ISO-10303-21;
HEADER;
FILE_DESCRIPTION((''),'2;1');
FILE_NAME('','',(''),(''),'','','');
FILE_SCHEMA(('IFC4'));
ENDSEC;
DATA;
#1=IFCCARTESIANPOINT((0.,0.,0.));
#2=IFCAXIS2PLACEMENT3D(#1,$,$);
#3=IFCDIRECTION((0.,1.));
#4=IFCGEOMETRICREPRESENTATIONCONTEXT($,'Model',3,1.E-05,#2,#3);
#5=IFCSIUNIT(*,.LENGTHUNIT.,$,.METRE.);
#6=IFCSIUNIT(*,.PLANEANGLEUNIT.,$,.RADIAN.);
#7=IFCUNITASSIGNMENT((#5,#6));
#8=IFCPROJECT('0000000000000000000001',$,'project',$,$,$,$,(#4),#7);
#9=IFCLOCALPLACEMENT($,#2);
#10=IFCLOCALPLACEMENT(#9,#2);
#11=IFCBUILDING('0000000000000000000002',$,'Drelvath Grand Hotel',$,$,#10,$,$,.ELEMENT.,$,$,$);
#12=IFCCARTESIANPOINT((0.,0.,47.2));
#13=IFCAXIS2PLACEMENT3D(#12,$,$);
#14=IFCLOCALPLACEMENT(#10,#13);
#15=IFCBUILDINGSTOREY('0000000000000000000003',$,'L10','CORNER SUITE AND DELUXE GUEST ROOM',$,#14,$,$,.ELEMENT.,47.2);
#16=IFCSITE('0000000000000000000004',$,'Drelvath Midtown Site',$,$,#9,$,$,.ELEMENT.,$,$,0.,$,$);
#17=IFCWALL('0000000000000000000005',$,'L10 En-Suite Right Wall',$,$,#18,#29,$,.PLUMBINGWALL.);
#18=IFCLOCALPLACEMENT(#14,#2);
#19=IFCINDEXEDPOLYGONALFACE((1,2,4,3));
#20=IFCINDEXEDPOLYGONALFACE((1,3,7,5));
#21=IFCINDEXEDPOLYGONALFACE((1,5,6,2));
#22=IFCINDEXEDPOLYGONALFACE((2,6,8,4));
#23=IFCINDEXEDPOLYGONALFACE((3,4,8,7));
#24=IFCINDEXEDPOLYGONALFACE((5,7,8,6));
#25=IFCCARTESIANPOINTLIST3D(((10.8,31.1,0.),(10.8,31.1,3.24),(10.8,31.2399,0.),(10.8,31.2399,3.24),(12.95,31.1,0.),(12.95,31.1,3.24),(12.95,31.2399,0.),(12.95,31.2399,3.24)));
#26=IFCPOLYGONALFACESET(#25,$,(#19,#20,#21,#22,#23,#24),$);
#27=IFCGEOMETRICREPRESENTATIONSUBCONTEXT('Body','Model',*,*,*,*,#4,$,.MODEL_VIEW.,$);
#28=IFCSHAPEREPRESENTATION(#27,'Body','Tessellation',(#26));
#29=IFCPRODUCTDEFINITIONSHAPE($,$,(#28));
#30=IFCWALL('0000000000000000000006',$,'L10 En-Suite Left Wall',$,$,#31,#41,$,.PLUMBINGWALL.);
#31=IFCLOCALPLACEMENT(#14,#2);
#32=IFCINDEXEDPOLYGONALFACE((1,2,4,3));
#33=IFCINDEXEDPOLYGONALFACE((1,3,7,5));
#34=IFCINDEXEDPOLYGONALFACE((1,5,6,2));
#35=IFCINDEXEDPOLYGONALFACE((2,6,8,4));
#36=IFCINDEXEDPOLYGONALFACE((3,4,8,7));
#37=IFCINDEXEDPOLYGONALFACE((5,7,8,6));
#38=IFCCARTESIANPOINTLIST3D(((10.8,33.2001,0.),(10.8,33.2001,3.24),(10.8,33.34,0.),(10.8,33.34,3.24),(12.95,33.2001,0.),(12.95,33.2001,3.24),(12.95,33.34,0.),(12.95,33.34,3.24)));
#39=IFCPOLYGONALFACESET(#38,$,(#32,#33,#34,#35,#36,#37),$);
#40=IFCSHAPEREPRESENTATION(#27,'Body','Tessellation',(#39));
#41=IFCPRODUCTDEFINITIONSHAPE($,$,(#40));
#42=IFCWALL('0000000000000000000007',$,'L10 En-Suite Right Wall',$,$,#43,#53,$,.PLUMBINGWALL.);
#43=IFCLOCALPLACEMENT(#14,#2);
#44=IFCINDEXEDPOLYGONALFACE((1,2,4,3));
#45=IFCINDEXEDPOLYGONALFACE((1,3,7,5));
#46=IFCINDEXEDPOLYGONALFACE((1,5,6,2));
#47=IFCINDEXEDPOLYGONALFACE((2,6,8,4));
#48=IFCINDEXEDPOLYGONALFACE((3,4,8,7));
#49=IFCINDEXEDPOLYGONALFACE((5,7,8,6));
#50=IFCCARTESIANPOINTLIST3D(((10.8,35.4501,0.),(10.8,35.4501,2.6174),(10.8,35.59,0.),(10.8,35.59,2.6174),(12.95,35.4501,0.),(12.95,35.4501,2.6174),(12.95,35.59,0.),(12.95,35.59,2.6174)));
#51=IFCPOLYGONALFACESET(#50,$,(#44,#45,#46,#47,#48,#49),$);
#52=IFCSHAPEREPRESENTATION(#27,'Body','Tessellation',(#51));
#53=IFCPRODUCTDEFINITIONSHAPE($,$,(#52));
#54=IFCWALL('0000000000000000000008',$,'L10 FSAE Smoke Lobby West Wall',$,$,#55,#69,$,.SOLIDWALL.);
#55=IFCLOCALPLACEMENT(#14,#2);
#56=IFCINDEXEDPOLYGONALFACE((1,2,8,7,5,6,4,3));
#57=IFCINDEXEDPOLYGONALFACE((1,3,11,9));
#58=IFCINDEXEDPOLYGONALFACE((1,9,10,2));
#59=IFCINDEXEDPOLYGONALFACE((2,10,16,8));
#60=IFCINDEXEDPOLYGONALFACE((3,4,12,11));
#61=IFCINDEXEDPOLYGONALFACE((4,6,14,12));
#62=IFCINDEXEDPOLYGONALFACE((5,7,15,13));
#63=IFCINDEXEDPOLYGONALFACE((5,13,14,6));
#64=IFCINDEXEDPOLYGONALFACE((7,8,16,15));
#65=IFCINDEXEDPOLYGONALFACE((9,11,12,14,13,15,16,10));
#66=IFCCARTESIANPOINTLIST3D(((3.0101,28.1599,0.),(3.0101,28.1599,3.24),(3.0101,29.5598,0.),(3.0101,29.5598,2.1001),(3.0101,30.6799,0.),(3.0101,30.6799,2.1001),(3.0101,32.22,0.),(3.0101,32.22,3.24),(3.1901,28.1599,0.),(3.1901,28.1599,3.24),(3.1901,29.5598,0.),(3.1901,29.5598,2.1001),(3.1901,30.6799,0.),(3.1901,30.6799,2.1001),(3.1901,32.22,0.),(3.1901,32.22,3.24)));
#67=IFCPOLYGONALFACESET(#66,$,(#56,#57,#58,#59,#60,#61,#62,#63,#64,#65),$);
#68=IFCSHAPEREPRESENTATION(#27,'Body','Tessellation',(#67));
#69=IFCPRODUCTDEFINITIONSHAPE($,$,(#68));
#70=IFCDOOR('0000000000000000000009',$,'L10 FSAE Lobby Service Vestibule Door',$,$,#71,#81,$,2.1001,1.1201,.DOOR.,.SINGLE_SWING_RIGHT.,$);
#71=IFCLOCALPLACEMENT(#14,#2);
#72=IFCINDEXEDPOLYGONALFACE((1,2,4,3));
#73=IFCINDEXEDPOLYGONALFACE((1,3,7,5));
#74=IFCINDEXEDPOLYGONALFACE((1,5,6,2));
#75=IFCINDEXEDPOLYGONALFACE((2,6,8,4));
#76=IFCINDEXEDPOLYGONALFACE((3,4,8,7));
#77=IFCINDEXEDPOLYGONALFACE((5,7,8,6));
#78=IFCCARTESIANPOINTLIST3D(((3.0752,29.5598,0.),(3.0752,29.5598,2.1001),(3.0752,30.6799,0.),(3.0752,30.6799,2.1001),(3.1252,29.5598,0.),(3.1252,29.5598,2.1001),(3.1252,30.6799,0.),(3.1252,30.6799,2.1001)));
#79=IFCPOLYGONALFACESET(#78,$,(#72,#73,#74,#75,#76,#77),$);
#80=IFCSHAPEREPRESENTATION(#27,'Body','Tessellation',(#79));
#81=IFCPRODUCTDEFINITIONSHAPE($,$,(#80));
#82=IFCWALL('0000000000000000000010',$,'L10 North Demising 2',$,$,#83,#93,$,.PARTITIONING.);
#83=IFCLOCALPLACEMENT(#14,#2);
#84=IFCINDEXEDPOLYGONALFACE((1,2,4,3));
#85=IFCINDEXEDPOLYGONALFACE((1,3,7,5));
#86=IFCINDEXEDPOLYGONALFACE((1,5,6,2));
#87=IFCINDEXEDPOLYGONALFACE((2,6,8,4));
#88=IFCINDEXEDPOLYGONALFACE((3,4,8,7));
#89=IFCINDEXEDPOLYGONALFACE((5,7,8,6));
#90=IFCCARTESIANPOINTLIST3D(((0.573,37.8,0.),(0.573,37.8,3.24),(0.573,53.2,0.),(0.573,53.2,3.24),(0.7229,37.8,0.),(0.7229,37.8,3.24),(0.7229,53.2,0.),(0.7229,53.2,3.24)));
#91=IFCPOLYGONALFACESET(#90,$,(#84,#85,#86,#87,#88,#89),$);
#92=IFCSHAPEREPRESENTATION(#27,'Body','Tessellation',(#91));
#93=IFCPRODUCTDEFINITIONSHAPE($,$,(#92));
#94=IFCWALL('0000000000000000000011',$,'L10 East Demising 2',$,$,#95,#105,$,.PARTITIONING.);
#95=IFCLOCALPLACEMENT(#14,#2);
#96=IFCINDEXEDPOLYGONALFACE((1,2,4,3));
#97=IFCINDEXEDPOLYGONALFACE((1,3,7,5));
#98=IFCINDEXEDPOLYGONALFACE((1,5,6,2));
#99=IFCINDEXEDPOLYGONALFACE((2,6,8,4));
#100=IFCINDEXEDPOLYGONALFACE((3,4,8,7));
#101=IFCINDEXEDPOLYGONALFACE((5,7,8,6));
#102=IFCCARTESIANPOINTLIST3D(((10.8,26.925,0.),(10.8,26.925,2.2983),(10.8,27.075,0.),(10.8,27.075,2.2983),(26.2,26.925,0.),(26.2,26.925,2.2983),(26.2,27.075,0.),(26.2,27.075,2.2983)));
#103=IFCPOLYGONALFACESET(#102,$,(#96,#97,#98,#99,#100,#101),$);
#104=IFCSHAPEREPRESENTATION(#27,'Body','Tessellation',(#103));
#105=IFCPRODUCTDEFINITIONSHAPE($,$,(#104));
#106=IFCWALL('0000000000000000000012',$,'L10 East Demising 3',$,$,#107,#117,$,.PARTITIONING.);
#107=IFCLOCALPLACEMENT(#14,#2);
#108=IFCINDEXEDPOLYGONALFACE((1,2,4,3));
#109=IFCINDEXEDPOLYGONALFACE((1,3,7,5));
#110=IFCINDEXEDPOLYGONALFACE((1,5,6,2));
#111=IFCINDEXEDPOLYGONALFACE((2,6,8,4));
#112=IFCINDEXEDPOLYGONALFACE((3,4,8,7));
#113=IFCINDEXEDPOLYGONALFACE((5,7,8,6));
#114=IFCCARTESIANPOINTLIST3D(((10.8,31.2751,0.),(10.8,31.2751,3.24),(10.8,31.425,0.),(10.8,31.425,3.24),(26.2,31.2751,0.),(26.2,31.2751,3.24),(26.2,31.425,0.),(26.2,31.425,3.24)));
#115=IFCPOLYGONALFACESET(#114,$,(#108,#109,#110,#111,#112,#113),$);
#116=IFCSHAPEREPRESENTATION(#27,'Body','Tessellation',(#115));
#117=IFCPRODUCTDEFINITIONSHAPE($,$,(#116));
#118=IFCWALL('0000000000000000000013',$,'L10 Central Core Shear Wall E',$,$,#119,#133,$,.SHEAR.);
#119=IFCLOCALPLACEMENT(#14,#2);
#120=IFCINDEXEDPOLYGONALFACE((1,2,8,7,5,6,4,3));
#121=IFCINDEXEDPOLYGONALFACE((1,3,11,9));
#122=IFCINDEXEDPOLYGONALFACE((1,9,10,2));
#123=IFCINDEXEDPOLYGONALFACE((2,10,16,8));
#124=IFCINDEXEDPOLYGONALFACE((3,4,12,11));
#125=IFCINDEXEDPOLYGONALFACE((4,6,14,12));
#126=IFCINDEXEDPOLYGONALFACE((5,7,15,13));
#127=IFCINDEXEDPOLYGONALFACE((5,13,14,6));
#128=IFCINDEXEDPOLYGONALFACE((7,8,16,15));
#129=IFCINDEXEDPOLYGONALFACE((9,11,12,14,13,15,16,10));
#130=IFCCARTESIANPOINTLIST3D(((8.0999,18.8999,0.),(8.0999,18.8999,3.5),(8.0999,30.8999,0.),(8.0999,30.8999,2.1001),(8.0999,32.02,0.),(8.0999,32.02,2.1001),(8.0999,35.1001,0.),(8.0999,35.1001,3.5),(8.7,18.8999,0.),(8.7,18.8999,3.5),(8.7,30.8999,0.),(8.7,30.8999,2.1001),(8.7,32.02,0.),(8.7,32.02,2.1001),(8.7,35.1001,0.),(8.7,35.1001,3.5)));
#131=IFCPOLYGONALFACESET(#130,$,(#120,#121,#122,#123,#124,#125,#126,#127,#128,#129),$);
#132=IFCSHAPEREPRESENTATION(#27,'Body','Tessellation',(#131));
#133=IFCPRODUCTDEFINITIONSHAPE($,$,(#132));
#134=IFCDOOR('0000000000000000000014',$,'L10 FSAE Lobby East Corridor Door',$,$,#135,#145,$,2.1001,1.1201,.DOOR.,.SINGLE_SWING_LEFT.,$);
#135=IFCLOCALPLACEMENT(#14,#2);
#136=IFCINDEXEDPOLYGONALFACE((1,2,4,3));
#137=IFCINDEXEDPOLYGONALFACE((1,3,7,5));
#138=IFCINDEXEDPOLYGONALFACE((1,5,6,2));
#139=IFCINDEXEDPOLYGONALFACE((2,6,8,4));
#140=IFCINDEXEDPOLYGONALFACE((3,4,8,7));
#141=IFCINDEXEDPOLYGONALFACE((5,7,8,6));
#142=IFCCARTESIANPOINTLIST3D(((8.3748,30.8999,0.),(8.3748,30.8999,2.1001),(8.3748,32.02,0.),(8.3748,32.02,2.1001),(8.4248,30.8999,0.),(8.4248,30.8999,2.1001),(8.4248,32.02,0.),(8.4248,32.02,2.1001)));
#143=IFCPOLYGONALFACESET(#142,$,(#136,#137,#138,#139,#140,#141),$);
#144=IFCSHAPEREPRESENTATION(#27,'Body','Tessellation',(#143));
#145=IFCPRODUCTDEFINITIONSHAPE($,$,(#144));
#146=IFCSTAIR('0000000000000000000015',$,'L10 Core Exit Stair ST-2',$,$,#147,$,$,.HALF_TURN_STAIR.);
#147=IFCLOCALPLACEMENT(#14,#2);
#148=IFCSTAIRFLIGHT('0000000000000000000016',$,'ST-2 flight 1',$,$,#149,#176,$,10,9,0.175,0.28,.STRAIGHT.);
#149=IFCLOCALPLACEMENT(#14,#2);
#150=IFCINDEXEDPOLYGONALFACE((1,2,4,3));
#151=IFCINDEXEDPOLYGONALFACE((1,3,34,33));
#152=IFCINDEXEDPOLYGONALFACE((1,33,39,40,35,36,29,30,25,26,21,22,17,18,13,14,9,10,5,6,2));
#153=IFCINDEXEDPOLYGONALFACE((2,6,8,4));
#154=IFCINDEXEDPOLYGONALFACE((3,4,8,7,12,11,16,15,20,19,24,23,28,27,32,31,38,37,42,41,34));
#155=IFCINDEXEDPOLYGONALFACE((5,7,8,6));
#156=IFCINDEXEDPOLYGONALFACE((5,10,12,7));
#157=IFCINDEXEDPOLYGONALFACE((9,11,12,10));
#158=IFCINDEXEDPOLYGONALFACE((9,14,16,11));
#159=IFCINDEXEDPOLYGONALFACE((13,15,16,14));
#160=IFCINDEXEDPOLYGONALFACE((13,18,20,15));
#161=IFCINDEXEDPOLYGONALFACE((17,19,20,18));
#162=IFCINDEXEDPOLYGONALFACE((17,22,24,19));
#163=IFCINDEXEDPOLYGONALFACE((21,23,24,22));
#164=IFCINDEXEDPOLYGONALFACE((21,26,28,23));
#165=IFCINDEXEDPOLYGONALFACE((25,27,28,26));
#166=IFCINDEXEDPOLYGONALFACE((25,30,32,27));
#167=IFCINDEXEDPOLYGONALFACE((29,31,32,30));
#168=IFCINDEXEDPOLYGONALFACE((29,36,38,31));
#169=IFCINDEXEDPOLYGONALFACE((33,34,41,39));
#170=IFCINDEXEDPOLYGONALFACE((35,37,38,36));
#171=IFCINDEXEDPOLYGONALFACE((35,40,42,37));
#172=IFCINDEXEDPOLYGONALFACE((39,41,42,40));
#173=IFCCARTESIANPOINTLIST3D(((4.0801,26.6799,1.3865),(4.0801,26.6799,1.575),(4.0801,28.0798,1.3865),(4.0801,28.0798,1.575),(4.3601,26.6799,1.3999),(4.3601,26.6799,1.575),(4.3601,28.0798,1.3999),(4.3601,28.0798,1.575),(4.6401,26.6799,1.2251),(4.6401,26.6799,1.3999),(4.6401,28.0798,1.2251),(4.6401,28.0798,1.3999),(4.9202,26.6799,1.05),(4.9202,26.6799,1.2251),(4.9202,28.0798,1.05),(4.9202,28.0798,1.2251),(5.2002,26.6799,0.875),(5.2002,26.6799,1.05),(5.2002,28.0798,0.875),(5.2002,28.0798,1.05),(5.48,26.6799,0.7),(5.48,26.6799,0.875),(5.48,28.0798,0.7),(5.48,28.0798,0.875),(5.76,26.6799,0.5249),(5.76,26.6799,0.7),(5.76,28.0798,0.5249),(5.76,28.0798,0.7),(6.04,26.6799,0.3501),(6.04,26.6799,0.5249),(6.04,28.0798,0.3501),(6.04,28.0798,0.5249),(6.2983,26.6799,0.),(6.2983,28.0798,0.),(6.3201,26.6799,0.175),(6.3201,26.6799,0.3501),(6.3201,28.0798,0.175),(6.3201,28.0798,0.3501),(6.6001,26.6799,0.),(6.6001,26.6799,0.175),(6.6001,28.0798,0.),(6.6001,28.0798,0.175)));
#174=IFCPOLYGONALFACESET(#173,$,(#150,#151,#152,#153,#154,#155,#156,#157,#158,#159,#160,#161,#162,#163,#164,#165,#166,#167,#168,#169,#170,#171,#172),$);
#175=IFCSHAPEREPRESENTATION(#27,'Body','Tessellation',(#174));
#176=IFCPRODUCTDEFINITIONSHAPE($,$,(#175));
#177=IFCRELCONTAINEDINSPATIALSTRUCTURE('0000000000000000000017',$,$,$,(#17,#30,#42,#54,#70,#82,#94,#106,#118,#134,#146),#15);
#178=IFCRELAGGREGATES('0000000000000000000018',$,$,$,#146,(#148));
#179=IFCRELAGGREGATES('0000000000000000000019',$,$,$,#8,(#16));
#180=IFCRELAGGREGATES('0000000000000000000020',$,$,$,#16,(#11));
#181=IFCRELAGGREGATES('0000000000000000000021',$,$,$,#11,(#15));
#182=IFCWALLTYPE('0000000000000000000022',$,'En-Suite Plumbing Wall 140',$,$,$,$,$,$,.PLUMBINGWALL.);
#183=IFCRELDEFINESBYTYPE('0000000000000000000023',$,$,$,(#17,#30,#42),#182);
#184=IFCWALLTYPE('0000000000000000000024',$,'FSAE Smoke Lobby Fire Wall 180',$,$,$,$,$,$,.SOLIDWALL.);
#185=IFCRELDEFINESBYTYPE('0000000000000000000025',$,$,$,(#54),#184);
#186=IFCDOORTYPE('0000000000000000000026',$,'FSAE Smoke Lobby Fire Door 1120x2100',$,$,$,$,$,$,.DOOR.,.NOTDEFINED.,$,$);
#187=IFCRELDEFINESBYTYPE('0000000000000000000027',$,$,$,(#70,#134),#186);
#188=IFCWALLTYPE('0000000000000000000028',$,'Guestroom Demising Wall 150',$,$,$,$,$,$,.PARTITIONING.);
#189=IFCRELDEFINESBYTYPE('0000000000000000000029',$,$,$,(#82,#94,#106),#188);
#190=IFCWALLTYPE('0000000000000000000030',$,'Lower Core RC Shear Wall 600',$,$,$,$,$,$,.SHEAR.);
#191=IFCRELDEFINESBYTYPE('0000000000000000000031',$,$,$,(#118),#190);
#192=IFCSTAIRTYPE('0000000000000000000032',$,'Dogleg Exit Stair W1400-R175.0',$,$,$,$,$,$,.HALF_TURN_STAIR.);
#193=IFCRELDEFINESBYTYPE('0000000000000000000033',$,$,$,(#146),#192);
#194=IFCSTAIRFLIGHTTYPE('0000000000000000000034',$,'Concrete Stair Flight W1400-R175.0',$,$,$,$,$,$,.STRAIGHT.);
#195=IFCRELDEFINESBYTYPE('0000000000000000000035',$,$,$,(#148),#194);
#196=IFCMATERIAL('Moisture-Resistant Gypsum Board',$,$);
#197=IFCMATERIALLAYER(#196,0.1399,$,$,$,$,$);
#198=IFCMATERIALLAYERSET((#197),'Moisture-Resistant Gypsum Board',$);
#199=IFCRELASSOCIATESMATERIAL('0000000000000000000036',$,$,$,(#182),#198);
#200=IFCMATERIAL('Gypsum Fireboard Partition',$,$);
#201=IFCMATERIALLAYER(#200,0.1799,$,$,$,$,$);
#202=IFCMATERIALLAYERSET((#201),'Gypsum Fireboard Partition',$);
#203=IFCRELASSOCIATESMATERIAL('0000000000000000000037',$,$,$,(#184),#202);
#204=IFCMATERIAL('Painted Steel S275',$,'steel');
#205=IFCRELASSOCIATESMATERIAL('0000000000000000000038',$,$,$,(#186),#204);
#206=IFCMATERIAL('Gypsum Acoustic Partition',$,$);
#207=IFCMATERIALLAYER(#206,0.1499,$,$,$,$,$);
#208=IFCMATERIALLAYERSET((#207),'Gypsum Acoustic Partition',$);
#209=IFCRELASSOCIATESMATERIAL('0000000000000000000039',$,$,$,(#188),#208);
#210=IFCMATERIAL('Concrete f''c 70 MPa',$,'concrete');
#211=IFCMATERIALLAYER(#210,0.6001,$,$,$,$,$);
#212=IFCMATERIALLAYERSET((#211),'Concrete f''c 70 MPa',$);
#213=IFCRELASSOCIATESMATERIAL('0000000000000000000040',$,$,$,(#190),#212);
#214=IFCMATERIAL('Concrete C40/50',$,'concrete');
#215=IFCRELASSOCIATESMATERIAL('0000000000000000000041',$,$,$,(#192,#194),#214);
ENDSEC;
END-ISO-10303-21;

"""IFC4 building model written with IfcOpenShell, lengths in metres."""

from ifc_helpers import new_model, si_unit, direction, frame, frame_2d, origin, place, context, subcontext, project, spatial, polyline, rectangle, outline, extrude, material, layer, layer_set, type_object, element, fill, aggregate, save


model = new_model("IFC4")

# Units and contexts
model_context = context("Model", 3, precision=1e-05, world=origin(), true_north=direction((0.0, 1.0)))
body_context = subcontext(model_context, "Body", "Model", "MODEL_VIEW")
ifc_project = project(units=[si_unit("LENGTHUNIT", "METRE"), si_unit("PLANEANGLEUNIT", "RADIAN")], contexts=[model_context])

# Site, building, storey
site_placement = place(None, origin())
site = spatial("IfcSite", under=ifc_project, at=site_placement, Name="Drelvath Midtown Site", CompositionType="ELEMENT", RefElevation=0.0)
building_placement = place(site_placement, origin())
building = spatial("IfcBuilding", under=site, at=building_placement, Name="Drelvath Grand Hotel", CompositionType="ELEMENT")
storey_placement = place(building_placement, frame((0.0, 0.0, 47.2)))
storey = spatial("IfcBuildingStorey", under=building, at=storey_placement, Name="L10", Description="CORNER SUITE AND DELUXE GUEST ROOM", CompositionType="ELEMENT", Elevation=47.2)

# Shared definitions
ifc_material_1 = material(Name="Concrete f'c 70 MPa", Category="concrete")

# Shared definitions
ifc_material_2 = material(Name="Concrete C40/50", Category="concrete")

# Shared definitions
ifc_material_3 = material(Name="Painted Steel S275", Category="steel")

# Walls
ifc_material_4 = material(Name="Gypsum Fireboard Partition")
ifc_material_5 = material(Name="Moisture-Resistant Gypsum Board")
ifc_layer_1 = layer(ifc_material_5, 0.1399)
ifc_layer_set_1 = layer_set([ifc_layer_1], Name="Moisture-Resistant Gypsum Board")
wall_type_1 = type_object("IfcWallType", Name="En-Suite Plumbing Wall 140", PredefinedType="PLUMBINGWALL", material=ifc_layer_set_1)
for number, where, z_axis, x_axis, name in (
    (1, (10.8, 31.1699, 0.0), (0.0, 0.0, 1.0), (1.0, 0.0, 0.0), "L10 En-Suite Right Wall"),
    (2, (10.8, 33.27, 0.0), (0.0, 0.0, 1.0), (1.0, 0.0, 0.0), "L10 En-Suite Left Wall"),
):
    element("IfcWall", number, at=place(storey_placement, frame(where, z_axis=z_axis, x_axis=x_axis)), inside=storey, type_object=wall_type_1, Name=name, PredefinedType="PLUMBINGWALL", context=body_context, shape_type="SweptSolid", body=[
        extrude(rectangle(XDim=2.1499, YDim=0.1399, at=frame_2d((1.075, 0.0))), origin(), (0.0, 0.0, 1.0), 3.24),
    ])
wall_1_placement = place(storey_placement, frame((10.8, 35.52, 0.0), z_axis=(0.0, 0.0, 1.0), x_axis=(1.0, 0.0, 0.0)))
element("IfcWall", 3, at=wall_1_placement, inside=storey, type_object=wall_type_1, Name="L10 En-Suite Right Wall", PredefinedType="PLUMBINGWALL", context=body_context, shape_type="SweptSolid", body=[
    extrude(rectangle(XDim=2.1499, YDim=0.1399, at=frame_2d((1.075, 0.0))), origin(), (0.0, 0.0, 1.0), 2.6174),
])

# Wall, opening, door
ifc_layer_2 = layer(ifc_material_4, 0.1799)
ifc_layer_set_2 = layer_set([ifc_layer_2], Name="Gypsum Fireboard Partition")
wall_type_2 = type_object("IfcWallType", Name="FSAE Smoke Lobby Fire Wall 180", PredefinedType="SOLIDWALL", material=ifc_layer_set_2)
wall_2_placement = place(storey_placement, frame((3.1001, 28.1599, 0.0), z_axis=(0.0, 0.0, 1.0), x_axis=(0.0, 1.0, 0.0)))
wall_2 = element("IfcWall", 4, at=wall_2_placement, inside=storey, type_object=wall_type_2, Name="L10 FSAE Smoke Lobby West Wall", PredefinedType="SOLIDWALL", context=body_context, shape_type="SweptSolid", body=[
    extrude(rectangle(XDim=4.0601, YDim=0.1799, at=frame_2d((2.03, 0.0))), origin(), (0.0, 0.0, 1.0), 3.24),
])
opening_1_placement = place(wall_2_placement, frame((1.3999, 0.0, 0.0)))
opening_1 = element("IfcOpeningElement", 5, at=opening_1_placement, cuts=wall_2, PredefinedType="OPENING", context=body_context, shape_type="SweptSolid", body=[
    extrude(rectangle(XDim=1.1201, YDim=2.1001, at=frame_2d((0.5601, 1.05))), frame((0.0, 0.0999, 0.0), z_axis=(0.0, -1.0, 0.0), x_axis=(1.0, 0.0, 0.0)), (0.0, 0.0, 1.0), 0.2),
])
door_type_1 = type_object("IfcDoorType", Name="FSAE Smoke Lobby Fire Door 1120x2100", OperationType="NOTDEFINED", PredefinedType="DOOR", material=ifc_material_3)
door_1_placement = place(opening_1_placement, origin())
door_1 = element("IfcDoor", 6, at=door_1_placement, inside=storey, type_object=door_type_1, Name="L10 FSAE Lobby Service Vestibule Door", OperationType="SINGLE_SWING_RIGHT", OverallHeight=2.1001, OverallWidth=1.1201, PredefinedType="DOOR", context=body_context, shape_type="SweptSolid", body=[
    extrude(rectangle(XDim=1.1201, YDim=2.1001, at=frame_2d((0.5601, 1.05))), frame((0.0, 0.0249, 0.0), z_axis=(0.0, -1.0, 0.0), x_axis=(1.0, 0.0, 0.0)), (0.0, 0.0, 1.0), 0.05),
])
fill(opening_1, door_1)

# Walls
ifc_material_6 = material(Name="Gypsum Acoustic Partition")
ifc_layer_3 = layer(ifc_material_6, 0.1499)
ifc_layer_set_3 = layer_set([ifc_layer_3], Name="Gypsum Acoustic Partition")
wall_type_3 = type_object("IfcWallType", Name="Guestroom Demising Wall 150", PredefinedType="PARTITIONING", material=ifc_layer_set_3)
wall_3_placement = place(storey_placement, frame((0.6479, 37.8, 0.0), z_axis=(0.0, 0.0, 1.0), x_axis=(0.0, 1.0, 0.0)))
element("IfcWall", 7, at=wall_3_placement, inside=storey, type_object=wall_type_3, Name="L10 North Demising 2", PredefinedType="PARTITIONING", context=body_context, shape_type="SweptSolid", body=[
    extrude(rectangle(XDim=15.3999, YDim=0.1499, at=frame_2d((7.7, 0.0))), origin(), (0.0, 0.0, 1.0), 3.24),
])
wall_4_placement = place(storey_placement, frame((10.8, 27.0, 0.0), z_axis=(0.0, 0.0, 1.0), x_axis=(1.0, 0.0, 0.0)))
element("IfcWall", 8, at=wall_4_placement, inside=storey, type_object=wall_type_3, Name="L10 East Demising 2", PredefinedType="PARTITIONING", context=body_context, shape_type="SweptSolid", body=[
    extrude(rectangle(XDim=15.3999, YDim=0.1499, at=frame_2d((7.7, 0.0))), origin(), (0.0, 0.0, 1.0), 2.2983),
])
wall_5_placement = place(storey_placement, frame((10.8, 31.3501, 0.0), z_axis=(0.0, 0.0, 1.0), x_axis=(1.0, 0.0, 0.0)))
element("IfcWall", 9, at=wall_5_placement, inside=storey, type_object=wall_type_3, Name="L10 East Demising 3", PredefinedType="PARTITIONING", context=body_context, shape_type="SweptSolid", body=[
    extrude(rectangle(XDim=15.3999, YDim=0.1499, at=frame_2d((7.7, 0.0))), origin(), (0.0, 0.0, 1.0), 3.24),
])

# Wall, opening, door
ifc_layer_4 = layer(ifc_material_1, 0.6001)
ifc_layer_set_4 = layer_set([ifc_layer_4], Name="Concrete f'c 70 MPa")
wall_type_4 = type_object("IfcWallType", Name="Lower Core RC Shear Wall 600", PredefinedType="SHEAR", material=ifc_layer_set_4)
wall_6_placement = place(storey_placement, frame((8.3999, 35.1001, 0.0), z_axis=(0.0, 0.0, 1.0), x_axis=(0.0, -1.0, 0.0)))
wall_6 = element("IfcWall", 10, at=wall_6_placement, inside=storey, type_object=wall_type_4, Name="L10 Central Core Shear Wall E", PredefinedType="SHEAR", context=body_context, shape_type="SweptSolid", body=[
    extrude(rectangle(XDim=16.2002, YDim=0.6001, at=frame_2d((8.1001, 0.0))), origin(), (0.0, 0.0, 1.0), 3.5),
])
opening_2_placement = place(wall_6_placement, frame((3.0801, 0.0, 0.0)))
opening_2 = element("IfcOpeningElement", 11, at=opening_2_placement, cuts=wall_6, PredefinedType="OPENING", context=body_context, shape_type="SweptSolid", body=[
    extrude(rectangle(XDim=1.1201, YDim=2.1001, at=frame_2d((0.5601, 1.05))), frame((0.0, 0.3101, 0.0), z_axis=(0.0, -1.0, 0.0), x_axis=(1.0, 0.0, 0.0)), (0.0, 0.0, 1.0), 0.6201),
])
door_2_placement = place(opening_2_placement, origin())
door_2 = element("IfcDoor", 12, at=door_2_placement, inside=storey, type_object=door_type_1, Name="L10 FSAE Lobby East Corridor Door", OperationType="SINGLE_SWING_LEFT", OverallHeight=2.1001, OverallWidth=1.1201, PredefinedType="DOOR", context=body_context, shape_type="SweptSolid", body=[
    extrude(rectangle(XDim=1.1201, YDim=2.1001, at=frame_2d((0.5601, 1.05))), frame((0.0, 0.0249, 0.0), z_axis=(0.0, -1.0, 0.0), x_axis=(1.0, 0.0, 0.0)), (0.0, 0.0, 1.0), 0.05),
])
fill(opening_2, door_2)

# Stair, stair flight
stair_type = type_object("IfcStairType", Name="Dogleg Exit Stair W1400-R175.0", PredefinedType="HALF_TURN_STAIR", material=ifc_material_2)
stair_placement = place(storey_placement, origin())
stair = element("IfcStair", 13, at=stair_placement, inside=storey, type_object=stair_type, Name="L10 Core Exit Stair ST-2", PredefinedType="HALF_TURN_STAIR")
stair_flight_type = type_object("IfcStairFlightType", Name="Concrete Stair Flight W1400-R175.0", PredefinedType="STRAIGHT", material=ifc_material_2)
stair_flight_placement = place(storey_placement, frame((6.6001, 27.3799, 0.0), z_axis=(0.0, 0.0, 1.0), x_axis=(-1.0, 0.0, 0.0)))
stair_flight = element("IfcStairFlight", 14, at=stair_flight_placement, type_object=stair_flight_type, Name="ST-2 flight 1", NumberOfRisers=10, NumberOfTreads=9, PredefinedType="STRAIGHT", RiserHeight=0.175, TreadLength=0.28, context=body_context, shape_type="SweptSolid", body=[
    extrude(outline(polyline([(0.0, 0.0), (0.0, 0.175), (0.28, 0.175), (0.28, 0.3501), (0.5601, 0.3501), (0.5601, 0.5249), (0.8401, 0.5249), (0.8401, 0.7), (1.1201, 0.7), (1.1201, 0.875), (1.3999, 0.875), (1.3999, 1.05), (1.6799, 1.05), (1.6799, 1.2251), (1.96, 1.2251), (1.96, 1.3999), (2.24, 1.3999), (2.24, 1.575), (2.52, 1.575), (2.52, 1.75), (2.52, 1.3865), (0.3018, 0.0), (0.0, 0.0)])), frame((0.0, 0.7, 0.0), z_axis=(0.0, -1.0, 0.0), x_axis=(1.0, 0.0, 0.0)), (0.0, 0.0, 1.0), 1.3999),
])
aggregate(stair, [stair_flight])

save(model, "model.ifc")
